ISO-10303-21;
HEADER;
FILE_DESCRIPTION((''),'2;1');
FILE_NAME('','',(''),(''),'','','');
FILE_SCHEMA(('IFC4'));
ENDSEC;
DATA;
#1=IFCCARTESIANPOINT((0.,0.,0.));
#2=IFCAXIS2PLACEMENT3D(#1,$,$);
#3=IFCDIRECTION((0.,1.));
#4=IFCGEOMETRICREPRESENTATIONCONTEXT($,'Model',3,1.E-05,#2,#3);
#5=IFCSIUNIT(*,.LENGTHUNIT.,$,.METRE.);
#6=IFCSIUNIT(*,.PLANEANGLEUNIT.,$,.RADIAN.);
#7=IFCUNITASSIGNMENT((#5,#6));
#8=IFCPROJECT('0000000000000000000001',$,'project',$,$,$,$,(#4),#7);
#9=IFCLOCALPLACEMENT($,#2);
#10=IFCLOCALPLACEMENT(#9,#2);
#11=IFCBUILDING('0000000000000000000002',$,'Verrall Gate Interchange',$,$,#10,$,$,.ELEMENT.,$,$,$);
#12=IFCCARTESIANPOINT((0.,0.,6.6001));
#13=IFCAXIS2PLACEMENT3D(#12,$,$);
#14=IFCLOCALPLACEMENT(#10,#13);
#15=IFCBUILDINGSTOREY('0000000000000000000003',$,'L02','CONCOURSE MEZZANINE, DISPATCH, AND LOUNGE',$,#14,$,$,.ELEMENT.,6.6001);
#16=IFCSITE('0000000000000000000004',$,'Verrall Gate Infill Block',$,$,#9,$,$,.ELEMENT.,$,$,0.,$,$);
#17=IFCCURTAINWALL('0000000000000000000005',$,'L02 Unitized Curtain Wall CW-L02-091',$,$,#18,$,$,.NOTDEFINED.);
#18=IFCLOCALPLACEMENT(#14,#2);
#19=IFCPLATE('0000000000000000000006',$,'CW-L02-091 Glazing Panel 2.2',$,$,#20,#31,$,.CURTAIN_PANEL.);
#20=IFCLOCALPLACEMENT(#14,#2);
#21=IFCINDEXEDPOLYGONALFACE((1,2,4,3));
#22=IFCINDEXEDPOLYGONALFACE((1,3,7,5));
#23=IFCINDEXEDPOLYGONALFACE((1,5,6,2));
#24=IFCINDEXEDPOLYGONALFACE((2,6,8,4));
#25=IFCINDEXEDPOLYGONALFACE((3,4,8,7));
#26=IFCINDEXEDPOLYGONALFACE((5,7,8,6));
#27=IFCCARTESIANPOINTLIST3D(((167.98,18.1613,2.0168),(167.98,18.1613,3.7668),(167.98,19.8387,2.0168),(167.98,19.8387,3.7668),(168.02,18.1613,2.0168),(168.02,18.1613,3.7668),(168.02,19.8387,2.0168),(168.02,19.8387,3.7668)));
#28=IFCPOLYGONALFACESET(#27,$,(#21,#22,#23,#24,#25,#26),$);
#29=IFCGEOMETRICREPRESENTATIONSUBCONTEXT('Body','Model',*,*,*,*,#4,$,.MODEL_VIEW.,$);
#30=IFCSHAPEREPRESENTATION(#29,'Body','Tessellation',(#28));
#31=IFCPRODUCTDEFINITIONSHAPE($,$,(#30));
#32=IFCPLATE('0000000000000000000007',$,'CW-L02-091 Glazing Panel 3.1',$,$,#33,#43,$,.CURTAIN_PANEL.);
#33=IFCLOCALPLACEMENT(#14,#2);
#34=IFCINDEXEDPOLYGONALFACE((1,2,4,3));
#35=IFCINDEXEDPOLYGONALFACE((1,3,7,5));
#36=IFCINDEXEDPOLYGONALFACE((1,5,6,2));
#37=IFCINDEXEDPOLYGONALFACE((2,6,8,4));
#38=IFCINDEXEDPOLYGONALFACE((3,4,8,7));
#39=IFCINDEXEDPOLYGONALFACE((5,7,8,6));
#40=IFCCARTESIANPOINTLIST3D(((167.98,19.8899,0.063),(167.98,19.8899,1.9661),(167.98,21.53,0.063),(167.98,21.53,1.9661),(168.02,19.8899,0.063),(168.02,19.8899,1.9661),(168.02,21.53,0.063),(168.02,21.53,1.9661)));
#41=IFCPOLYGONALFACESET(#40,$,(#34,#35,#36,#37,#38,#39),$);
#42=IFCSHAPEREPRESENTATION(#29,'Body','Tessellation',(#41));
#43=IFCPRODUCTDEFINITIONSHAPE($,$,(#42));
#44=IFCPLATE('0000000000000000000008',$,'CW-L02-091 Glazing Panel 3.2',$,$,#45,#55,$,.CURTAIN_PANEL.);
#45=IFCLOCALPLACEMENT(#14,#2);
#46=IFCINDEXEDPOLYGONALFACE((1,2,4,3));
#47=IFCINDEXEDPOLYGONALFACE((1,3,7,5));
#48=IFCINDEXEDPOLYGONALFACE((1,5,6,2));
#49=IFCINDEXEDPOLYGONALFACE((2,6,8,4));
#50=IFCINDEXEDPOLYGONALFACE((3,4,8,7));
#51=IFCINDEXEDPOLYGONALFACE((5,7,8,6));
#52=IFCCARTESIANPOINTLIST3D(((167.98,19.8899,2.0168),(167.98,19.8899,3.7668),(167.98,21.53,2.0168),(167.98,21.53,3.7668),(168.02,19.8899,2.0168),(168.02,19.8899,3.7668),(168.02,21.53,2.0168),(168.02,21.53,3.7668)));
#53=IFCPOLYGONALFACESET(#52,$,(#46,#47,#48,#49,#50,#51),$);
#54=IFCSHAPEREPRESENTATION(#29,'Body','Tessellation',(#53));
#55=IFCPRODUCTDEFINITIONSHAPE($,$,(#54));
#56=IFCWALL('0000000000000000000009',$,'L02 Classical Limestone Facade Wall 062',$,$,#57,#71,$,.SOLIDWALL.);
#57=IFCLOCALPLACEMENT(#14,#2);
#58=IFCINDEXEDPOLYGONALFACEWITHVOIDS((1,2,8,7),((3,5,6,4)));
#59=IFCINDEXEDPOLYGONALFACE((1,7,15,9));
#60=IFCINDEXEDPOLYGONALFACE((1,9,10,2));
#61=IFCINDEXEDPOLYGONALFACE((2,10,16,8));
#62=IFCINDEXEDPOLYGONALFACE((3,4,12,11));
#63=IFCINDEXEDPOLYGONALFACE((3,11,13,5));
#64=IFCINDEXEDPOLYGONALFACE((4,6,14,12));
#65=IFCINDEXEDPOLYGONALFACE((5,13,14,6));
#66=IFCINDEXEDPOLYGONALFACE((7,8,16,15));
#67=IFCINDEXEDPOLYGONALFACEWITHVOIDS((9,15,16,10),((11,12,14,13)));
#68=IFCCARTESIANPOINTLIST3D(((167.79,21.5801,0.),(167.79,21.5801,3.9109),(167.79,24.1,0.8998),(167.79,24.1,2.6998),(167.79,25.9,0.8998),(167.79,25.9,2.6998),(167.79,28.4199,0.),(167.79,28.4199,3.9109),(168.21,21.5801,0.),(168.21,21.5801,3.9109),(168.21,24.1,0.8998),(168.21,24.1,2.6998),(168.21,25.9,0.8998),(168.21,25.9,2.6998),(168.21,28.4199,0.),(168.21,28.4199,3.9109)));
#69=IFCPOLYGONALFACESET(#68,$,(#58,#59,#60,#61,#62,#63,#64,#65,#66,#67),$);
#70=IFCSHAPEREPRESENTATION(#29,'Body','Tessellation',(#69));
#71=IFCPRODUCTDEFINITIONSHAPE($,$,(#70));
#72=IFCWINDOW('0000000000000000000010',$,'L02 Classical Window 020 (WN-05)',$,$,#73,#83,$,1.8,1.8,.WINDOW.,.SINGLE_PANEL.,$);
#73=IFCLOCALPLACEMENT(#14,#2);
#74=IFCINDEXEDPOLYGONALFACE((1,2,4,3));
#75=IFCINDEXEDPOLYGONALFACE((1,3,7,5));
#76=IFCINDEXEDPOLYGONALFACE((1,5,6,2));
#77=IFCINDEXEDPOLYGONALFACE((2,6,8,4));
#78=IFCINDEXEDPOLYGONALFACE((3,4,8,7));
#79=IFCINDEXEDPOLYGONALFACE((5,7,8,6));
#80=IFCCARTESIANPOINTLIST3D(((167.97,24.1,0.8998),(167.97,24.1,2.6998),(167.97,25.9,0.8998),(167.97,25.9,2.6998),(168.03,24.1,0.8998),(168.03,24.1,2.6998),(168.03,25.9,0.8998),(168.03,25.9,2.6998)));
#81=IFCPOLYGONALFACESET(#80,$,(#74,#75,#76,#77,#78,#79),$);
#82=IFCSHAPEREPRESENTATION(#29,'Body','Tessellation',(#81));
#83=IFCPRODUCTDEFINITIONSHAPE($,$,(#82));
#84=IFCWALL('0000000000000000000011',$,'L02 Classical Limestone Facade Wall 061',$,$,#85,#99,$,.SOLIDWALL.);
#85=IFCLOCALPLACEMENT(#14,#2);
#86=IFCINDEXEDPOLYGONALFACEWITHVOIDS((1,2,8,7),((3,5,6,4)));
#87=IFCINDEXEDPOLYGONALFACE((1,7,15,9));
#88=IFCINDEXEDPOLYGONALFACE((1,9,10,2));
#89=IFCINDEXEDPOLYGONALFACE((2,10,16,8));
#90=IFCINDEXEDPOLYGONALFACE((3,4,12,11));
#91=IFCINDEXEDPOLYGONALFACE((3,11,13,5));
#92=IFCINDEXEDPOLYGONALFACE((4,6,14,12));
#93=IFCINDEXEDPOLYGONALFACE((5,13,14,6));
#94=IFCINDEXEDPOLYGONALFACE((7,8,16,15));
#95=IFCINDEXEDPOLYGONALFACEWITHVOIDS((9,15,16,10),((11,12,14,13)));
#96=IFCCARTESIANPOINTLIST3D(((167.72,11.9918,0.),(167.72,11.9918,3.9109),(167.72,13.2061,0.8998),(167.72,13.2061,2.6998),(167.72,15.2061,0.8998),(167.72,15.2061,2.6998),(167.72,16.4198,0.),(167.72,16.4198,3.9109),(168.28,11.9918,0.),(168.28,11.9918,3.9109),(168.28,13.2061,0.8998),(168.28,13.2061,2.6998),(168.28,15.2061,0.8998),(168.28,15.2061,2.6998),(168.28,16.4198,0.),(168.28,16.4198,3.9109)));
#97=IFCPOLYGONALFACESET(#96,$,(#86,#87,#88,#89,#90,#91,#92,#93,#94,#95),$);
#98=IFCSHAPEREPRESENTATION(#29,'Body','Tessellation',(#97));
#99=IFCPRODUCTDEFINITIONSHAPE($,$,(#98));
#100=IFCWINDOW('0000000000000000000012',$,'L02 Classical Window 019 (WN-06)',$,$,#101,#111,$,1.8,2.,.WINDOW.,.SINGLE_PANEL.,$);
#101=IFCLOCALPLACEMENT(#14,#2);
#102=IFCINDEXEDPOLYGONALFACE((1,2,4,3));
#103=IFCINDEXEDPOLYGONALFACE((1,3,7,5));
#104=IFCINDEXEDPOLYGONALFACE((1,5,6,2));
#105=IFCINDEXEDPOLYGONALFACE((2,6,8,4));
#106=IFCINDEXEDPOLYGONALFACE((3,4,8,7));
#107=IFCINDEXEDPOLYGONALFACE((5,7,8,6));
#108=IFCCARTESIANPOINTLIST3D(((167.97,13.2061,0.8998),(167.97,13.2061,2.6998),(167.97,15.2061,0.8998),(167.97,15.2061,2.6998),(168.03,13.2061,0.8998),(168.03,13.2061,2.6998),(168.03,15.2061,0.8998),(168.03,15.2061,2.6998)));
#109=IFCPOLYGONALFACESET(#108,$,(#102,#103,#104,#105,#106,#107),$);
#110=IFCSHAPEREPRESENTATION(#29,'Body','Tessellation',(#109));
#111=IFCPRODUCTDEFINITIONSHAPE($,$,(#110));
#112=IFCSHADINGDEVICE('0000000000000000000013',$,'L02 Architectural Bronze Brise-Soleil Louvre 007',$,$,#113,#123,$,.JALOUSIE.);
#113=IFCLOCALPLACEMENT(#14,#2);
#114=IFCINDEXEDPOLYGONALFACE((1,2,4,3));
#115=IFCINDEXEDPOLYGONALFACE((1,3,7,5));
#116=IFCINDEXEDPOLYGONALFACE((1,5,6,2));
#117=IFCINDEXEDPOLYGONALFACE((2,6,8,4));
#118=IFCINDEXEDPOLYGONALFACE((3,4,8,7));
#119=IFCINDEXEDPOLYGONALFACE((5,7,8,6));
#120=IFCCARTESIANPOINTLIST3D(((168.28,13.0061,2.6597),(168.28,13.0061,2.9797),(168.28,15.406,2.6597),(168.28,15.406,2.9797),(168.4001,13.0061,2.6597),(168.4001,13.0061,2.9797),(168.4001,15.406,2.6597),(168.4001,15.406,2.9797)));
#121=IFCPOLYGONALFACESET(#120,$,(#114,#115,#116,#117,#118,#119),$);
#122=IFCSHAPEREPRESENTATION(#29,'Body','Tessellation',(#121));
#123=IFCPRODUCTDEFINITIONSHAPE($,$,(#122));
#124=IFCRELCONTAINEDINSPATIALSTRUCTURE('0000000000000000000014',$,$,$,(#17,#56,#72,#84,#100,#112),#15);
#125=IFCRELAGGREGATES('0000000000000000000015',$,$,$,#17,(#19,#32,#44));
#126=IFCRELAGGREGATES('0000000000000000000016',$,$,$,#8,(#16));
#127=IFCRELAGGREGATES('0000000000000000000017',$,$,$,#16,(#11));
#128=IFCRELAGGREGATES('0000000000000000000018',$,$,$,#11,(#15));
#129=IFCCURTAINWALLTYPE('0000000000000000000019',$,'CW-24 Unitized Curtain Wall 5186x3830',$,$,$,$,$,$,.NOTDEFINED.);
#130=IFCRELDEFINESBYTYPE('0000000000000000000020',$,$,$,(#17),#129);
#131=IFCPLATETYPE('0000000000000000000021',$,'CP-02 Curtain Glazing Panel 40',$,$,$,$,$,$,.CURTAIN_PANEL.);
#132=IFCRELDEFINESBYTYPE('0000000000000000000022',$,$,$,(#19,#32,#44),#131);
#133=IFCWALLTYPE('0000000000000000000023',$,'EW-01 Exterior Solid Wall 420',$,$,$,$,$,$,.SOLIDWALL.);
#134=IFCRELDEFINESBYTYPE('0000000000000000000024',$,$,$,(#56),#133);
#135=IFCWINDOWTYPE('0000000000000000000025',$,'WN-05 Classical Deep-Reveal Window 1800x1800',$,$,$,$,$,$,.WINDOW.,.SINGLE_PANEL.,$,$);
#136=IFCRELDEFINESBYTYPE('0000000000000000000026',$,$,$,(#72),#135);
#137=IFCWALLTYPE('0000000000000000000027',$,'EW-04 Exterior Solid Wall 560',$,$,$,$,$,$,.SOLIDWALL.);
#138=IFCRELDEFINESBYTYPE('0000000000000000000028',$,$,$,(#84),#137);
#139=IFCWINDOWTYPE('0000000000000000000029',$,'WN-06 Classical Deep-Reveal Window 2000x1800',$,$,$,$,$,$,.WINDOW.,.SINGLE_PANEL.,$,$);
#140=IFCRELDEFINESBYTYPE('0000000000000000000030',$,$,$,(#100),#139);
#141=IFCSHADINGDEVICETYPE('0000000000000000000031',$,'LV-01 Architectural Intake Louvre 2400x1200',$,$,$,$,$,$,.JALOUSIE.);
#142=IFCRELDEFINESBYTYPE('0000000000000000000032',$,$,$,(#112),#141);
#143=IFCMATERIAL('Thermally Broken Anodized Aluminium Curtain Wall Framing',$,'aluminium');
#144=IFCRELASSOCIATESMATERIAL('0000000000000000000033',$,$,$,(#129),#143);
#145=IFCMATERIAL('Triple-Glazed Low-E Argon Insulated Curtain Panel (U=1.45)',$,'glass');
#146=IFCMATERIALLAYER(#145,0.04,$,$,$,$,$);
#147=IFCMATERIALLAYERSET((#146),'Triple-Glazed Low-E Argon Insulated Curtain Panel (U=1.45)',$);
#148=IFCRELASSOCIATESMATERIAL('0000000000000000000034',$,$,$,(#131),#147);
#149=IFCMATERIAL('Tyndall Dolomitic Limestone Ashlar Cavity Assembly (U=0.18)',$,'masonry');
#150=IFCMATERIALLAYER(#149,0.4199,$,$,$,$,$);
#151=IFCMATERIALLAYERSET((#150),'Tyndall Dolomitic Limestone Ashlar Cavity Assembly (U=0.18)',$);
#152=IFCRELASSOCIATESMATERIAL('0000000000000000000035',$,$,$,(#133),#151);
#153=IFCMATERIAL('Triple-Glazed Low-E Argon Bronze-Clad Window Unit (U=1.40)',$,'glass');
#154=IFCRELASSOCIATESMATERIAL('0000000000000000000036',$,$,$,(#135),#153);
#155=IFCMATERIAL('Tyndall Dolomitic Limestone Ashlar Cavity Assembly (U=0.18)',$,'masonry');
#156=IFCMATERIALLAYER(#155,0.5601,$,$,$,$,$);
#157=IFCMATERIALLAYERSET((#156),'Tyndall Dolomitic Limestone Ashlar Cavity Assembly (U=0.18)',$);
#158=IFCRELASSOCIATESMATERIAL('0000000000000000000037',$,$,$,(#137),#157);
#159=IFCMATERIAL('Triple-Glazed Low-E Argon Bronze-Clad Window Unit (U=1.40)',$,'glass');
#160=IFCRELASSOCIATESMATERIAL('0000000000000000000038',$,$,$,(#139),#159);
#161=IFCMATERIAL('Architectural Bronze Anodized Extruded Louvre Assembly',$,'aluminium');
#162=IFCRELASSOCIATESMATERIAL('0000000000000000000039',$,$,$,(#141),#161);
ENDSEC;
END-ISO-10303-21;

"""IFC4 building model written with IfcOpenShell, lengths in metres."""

from ifc_helpers import new_model, si_unit, direction, frame, frame_2d, origin, origin_2d, place, context, subcontext, project, spatial, rectangle, extrude, material, layer, layer_set, type_object, element, fill, aggregate, save


model = new_model("IFC4")

# Units and contexts
model_context = context("Model", 3, precision=1e-05, world=origin(), true_north=direction((0.0, 1.0)))
body_context = subcontext(model_context, "Body", "Model", "MODEL_VIEW")
ifc_project = project(units=[si_unit("LENGTHUNIT", "METRE"), si_unit("PLANEANGLEUNIT", "RADIAN")], contexts=[model_context])

# Site, building, storey
site_placement = place(None, origin())
site = spatial("IfcSite", under=ifc_project, at=site_placement, Name="Verrall Gate Infill Block", CompositionType="ELEMENT", RefElevation=0.0)
building_placement = place(site_placement, origin())
building = spatial("IfcBuilding", under=site, at=building_placement, Name="Verrall Gate Interchange", CompositionType="ELEMENT")
storey_placement = place(building_placement, frame((0.0, 0.0, 6.6001)))
storey = spatial("IfcBuildingStorey", under=building, at=storey_placement, Name="L02", Description="CONCOURSE MEZZANINE, DISPATCH, AND LOUNGE", CompositionType="ELEMENT", Elevation=6.6001)

# Curtain wall
ifc_material_1 = material(Name="Thermally Broken Anodized Aluminium Curtain Wall Framing", Category="aluminium")
curtain_wall_type_1 = type_object("IfcCurtainWallType", Name="CW-24 Unitized Curtain Wall 5186x3830", PredefinedType="NOTDEFINED", material=ifc_material_1)
curtain_wall_1_placement = place(storey_placement, origin())
curtain_wall_1 = element("IfcCurtainWall", 1, at=curtain_wall_1_placement, inside=storey, type_object=curtain_wall_type_1, Name="L02 Unitized Curtain Wall CW-L02-091", PredefinedType="NOTDEFINED")

# Plates
ifc_material_2 = material(Name="Triple-Glazed Low-E Argon Insulated Curtain Panel (U=1.45)", Category="glass")
ifc_layer_1 = layer(ifc_material_2, 0.04)
ifc_layer_set_1 = layer_set([ifc_layer_1], Name="Triple-Glazed Low-E Argon Insulated Curtain Panel (U=1.45)")
plate_type = type_object("IfcPlateType", Name="CP-02 Curtain Glazing Panel 40", PredefinedType="CURTAIN_PANEL", material=ifc_layer_set_1)
plate_1_placement = place(storey_placement, frame((168.0, 19.0, 2.0168), z_axis=(0.0, 0.0, 1.0), x_axis=(0.0, 1.0, 0.0)))
plate_1 = element("IfcPlate", 2, at=plate_1_placement, type_object=plate_type, Name="CW-L02-091 Glazing Panel 2.2", PredefinedType="CURTAIN_PANEL", context=body_context, shape_type="SweptSolid", body=[
    extrude(rectangle(XDim=1.6775, YDim=0.04, at=origin_2d()), origin(), (0.0, 0.0, 1.0), 1.75),
])
plate_2_placement = place(storey_placement, frame((168.0, 20.71, 0.063), z_axis=(0.0, 0.0, 1.0), x_axis=(0.0, 1.0, 0.0)))
plate_2 = element("IfcPlate", 3, at=plate_2_placement, type_object=plate_type, Name="CW-L02-091 Glazing Panel 3.1", PredefinedType="CURTAIN_PANEL", context=body_context, shape_type="SweptSolid", body=[
    extrude(rectangle(XDim=1.6401, YDim=0.04, at=origin_2d()), origin(), (0.0, 0.0, 1.0), 1.9031),
])
plate_3_placement = place(storey_placement, frame((168.0, 20.71, 2.0168), z_axis=(0.0, 0.0, 1.0), x_axis=(0.0, 1.0, 0.0)))
plate_3 = element("IfcPlate", 4, at=plate_3_placement, type_object=plate_type, Name="CW-L02-091 Glazing Panel 3.2", PredefinedType="CURTAIN_PANEL", context=body_context, shape_type="SweptSolid", body=[
    extrude(rectangle(XDim=1.6401, YDim=0.04, at=origin_2d()), origin(), (0.0, 0.0, 1.0), 1.75),
])
aggregate(curtain_wall_1, [plate_1, plate_2, plate_3])

# Walls, openings, windows
ifc_material_3 = material(Name="Tyndall Dolomitic Limestone Ashlar Cavity Assembly (U=0.18)", Category="masonry")
ifc_layer_2 = layer(ifc_material_3, 0.4199)
ifc_layer_set_2 = layer_set([ifc_layer_2], Name="Tyndall Dolomitic Limestone Ashlar Cavity Assembly (U=0.18)")
wall_type_1 = type_object("IfcWallType", Name="EW-01 Exterior Solid Wall 420", PredefinedType="SOLIDWALL", material=ifc_layer_set_2)
wall_1_placement = place(storey_placement, frame((168.0, 21.5801, 0.0), z_axis=(0.0, 0.0, 1.0), x_axis=(0.0, 1.0, 0.0)))
wall_1 = element("IfcWall", 5, at=wall_1_placement, inside=storey, type_object=wall_type_1, Name="L02 Classical Limestone Facade Wall 062", PredefinedType="SOLIDWALL", context=body_context, shape_type="SweptSolid", body=[
    extrude(rectangle(XDim=6.8398, YDim=0.4199, at=frame_2d((3.4199, 0.0))), origin(), (0.0, 0.0, 1.0), 3.9109),
])
opening_1_placement = place(wall_1_placement, frame((2.52, 0.0, 0.8999)))
opening_1 = element("IfcOpeningElement", 6, at=opening_1_placement, cuts=wall_1, PredefinedType="OPENING", context=body_context, shape_type="SweptSolid", body=[
    extrude(rectangle(XDim=1.8, YDim=1.8, at=frame_2d((0.8999, 0.8999))), frame((0.0, 0.2249, 0.0), z_axis=(0.0, -1.0, 0.0), x_axis=(1.0, 0.0, 0.0)), (0.0, 0.0, 1.0), 0.4497),
])
ifc_material_4 = material(Name="Triple-Glazed Low-E Argon Bronze-Clad Window Unit (U=1.40)", Category="glass")
window_type_1 = type_object("IfcWindowType", Name="WN-05 Classical Deep-Reveal Window 1800x1800", PartitioningType="SINGLE_PANEL", PredefinedType="WINDOW", material=ifc_material_4)
window_1_placement = place(opening_1_placement, origin())
window_1 = element("IfcWindow", 7, at=window_1_placement, inside=storey, type_object=window_type_1, Name="L02 Classical Window 020 (WN-05)", OverallHeight=1.8, OverallWidth=1.8, PartitioningType="SINGLE_PANEL", PredefinedType="WINDOW", context=body_context, shape_type="SweptSolid", body=[
    extrude(rectangle(XDim=1.8, YDim=1.8, at=frame_2d((0.8999, 0.8999))), frame((0.0, 0.03, 0.0), z_axis=(0.0, -1.0, 0.0), x_axis=(1.0, 0.0, 0.0)), (0.0, 0.0, 1.0), 0.0601),
])
fill(opening_1, window_1)
ifc_material_5 = material(Name="Tyndall Dolomitic Limestone Ashlar Cavity Assembly (U=0.18)", Category="masonry")
ifc_layer_3 = layer(ifc_material_5, 0.5601)
ifc_layer_set_3 = layer_set([ifc_layer_3], Name="Tyndall Dolomitic Limestone Ashlar Cavity Assembly (U=0.18)")
wall_type_2 = type_object("IfcWallType", Name="EW-04 Exterior Solid Wall 560", PredefinedType="SOLIDWALL", material=ifc_layer_set_3)
wall_2_placement = place(storey_placement, frame((168.0, 11.9919, 0.0), z_axis=(0.0, 0.0, 1.0), x_axis=(0.0, 1.0, 0.0)))
wall_2 = element("IfcWall", 8, at=wall_2_placement, inside=storey, type_object=wall_type_2, Name="L02 Classical Limestone Facade Wall 061", PredefinedType="SOLIDWALL", context=body_context, shape_type="SweptSolid", body=[
    extrude(rectangle(XDim=4.428, YDim=0.5601, at=frame_2d((2.2139, 0.0))), origin(), (0.0, 0.0, 1.0), 3.9109),
])
opening_2_placement = place(wall_2_placement, frame((1.2141, 0.0, 0.8999)))
opening_2 = element("IfcOpeningElement", 9, at=opening_2_placement, cuts=wall_2, PredefinedType="OPENING", context=body_context, shape_type="SweptSolid", body=[
    extrude(rectangle(XDim=2.0, YDim=1.8, at=frame_2d((1.0, 0.8999))), frame((0.0, 0.2949, 0.0), z_axis=(0.0, -1.0, 0.0), x_axis=(1.0, 0.0, 0.0)), (0.0, 0.0, 1.0), 0.5898),
])
ifc_material_6 = material(Name="Triple-Glazed Low-E Argon Bronze-Clad Window Unit (U=1.40)", Category="glass")
window_type_2 = type_object("IfcWindowType", Name="WN-06 Classical Deep-Reveal Window 2000x1800", PartitioningType="SINGLE_PANEL", PredefinedType="WINDOW", material=ifc_material_6)
window_2_placement = place(opening_2_placement, origin())
window_2 = element("IfcWindow", 10, at=window_2_placement, inside=storey, type_object=window_type_2, Name="L02 Classical Window 019 (WN-06)", OverallHeight=1.8, OverallWidth=2.0, PartitioningType="SINGLE_PANEL", PredefinedType="WINDOW", context=body_context, shape_type="SweptSolid", body=[
    extrude(rectangle(XDim=2.0, YDim=1.8, at=frame_2d((1.0, 0.8999))), frame((0.0, 0.03, 0.0), z_axis=(0.0, -1.0, 0.0), x_axis=(1.0, 0.0, 0.0)), (0.0, 0.0, 1.0), 0.0601),
])
fill(opening_2, window_2)

# Shading device
ifc_material_7 = material(Name="Architectural Bronze Anodized Extruded Louvre Assembly", Category="aluminium")
shading_device_type = type_object("IfcShadingDeviceType", Name="LV-01 Architectural Intake Louvre 2400x1200", PredefinedType="JALOUSIE", material=ifc_material_7)
shading_device_placement = place(storey_placement, frame((168.3401, 14.2061, 2.6597), z_axis=(0.0, 0.0, 1.0), x_axis=(0.0, 1.0, 0.0)))
element("IfcShadingDevice", 11, at=shading_device_placement, inside=storey, type_object=shading_device_type, Name="L02 Architectural Bronze Brise-Soleil Louvre 007", PredefinedType="JALOUSIE", context=body_context, shape_type="SweptSolid", body=[
    extrude(rectangle(XDim=2.3999, YDim=0.1201, at=origin_2d()), origin(), (0.0, 0.0, 1.0), 0.3201),
])

save(model, "model.ifc")
